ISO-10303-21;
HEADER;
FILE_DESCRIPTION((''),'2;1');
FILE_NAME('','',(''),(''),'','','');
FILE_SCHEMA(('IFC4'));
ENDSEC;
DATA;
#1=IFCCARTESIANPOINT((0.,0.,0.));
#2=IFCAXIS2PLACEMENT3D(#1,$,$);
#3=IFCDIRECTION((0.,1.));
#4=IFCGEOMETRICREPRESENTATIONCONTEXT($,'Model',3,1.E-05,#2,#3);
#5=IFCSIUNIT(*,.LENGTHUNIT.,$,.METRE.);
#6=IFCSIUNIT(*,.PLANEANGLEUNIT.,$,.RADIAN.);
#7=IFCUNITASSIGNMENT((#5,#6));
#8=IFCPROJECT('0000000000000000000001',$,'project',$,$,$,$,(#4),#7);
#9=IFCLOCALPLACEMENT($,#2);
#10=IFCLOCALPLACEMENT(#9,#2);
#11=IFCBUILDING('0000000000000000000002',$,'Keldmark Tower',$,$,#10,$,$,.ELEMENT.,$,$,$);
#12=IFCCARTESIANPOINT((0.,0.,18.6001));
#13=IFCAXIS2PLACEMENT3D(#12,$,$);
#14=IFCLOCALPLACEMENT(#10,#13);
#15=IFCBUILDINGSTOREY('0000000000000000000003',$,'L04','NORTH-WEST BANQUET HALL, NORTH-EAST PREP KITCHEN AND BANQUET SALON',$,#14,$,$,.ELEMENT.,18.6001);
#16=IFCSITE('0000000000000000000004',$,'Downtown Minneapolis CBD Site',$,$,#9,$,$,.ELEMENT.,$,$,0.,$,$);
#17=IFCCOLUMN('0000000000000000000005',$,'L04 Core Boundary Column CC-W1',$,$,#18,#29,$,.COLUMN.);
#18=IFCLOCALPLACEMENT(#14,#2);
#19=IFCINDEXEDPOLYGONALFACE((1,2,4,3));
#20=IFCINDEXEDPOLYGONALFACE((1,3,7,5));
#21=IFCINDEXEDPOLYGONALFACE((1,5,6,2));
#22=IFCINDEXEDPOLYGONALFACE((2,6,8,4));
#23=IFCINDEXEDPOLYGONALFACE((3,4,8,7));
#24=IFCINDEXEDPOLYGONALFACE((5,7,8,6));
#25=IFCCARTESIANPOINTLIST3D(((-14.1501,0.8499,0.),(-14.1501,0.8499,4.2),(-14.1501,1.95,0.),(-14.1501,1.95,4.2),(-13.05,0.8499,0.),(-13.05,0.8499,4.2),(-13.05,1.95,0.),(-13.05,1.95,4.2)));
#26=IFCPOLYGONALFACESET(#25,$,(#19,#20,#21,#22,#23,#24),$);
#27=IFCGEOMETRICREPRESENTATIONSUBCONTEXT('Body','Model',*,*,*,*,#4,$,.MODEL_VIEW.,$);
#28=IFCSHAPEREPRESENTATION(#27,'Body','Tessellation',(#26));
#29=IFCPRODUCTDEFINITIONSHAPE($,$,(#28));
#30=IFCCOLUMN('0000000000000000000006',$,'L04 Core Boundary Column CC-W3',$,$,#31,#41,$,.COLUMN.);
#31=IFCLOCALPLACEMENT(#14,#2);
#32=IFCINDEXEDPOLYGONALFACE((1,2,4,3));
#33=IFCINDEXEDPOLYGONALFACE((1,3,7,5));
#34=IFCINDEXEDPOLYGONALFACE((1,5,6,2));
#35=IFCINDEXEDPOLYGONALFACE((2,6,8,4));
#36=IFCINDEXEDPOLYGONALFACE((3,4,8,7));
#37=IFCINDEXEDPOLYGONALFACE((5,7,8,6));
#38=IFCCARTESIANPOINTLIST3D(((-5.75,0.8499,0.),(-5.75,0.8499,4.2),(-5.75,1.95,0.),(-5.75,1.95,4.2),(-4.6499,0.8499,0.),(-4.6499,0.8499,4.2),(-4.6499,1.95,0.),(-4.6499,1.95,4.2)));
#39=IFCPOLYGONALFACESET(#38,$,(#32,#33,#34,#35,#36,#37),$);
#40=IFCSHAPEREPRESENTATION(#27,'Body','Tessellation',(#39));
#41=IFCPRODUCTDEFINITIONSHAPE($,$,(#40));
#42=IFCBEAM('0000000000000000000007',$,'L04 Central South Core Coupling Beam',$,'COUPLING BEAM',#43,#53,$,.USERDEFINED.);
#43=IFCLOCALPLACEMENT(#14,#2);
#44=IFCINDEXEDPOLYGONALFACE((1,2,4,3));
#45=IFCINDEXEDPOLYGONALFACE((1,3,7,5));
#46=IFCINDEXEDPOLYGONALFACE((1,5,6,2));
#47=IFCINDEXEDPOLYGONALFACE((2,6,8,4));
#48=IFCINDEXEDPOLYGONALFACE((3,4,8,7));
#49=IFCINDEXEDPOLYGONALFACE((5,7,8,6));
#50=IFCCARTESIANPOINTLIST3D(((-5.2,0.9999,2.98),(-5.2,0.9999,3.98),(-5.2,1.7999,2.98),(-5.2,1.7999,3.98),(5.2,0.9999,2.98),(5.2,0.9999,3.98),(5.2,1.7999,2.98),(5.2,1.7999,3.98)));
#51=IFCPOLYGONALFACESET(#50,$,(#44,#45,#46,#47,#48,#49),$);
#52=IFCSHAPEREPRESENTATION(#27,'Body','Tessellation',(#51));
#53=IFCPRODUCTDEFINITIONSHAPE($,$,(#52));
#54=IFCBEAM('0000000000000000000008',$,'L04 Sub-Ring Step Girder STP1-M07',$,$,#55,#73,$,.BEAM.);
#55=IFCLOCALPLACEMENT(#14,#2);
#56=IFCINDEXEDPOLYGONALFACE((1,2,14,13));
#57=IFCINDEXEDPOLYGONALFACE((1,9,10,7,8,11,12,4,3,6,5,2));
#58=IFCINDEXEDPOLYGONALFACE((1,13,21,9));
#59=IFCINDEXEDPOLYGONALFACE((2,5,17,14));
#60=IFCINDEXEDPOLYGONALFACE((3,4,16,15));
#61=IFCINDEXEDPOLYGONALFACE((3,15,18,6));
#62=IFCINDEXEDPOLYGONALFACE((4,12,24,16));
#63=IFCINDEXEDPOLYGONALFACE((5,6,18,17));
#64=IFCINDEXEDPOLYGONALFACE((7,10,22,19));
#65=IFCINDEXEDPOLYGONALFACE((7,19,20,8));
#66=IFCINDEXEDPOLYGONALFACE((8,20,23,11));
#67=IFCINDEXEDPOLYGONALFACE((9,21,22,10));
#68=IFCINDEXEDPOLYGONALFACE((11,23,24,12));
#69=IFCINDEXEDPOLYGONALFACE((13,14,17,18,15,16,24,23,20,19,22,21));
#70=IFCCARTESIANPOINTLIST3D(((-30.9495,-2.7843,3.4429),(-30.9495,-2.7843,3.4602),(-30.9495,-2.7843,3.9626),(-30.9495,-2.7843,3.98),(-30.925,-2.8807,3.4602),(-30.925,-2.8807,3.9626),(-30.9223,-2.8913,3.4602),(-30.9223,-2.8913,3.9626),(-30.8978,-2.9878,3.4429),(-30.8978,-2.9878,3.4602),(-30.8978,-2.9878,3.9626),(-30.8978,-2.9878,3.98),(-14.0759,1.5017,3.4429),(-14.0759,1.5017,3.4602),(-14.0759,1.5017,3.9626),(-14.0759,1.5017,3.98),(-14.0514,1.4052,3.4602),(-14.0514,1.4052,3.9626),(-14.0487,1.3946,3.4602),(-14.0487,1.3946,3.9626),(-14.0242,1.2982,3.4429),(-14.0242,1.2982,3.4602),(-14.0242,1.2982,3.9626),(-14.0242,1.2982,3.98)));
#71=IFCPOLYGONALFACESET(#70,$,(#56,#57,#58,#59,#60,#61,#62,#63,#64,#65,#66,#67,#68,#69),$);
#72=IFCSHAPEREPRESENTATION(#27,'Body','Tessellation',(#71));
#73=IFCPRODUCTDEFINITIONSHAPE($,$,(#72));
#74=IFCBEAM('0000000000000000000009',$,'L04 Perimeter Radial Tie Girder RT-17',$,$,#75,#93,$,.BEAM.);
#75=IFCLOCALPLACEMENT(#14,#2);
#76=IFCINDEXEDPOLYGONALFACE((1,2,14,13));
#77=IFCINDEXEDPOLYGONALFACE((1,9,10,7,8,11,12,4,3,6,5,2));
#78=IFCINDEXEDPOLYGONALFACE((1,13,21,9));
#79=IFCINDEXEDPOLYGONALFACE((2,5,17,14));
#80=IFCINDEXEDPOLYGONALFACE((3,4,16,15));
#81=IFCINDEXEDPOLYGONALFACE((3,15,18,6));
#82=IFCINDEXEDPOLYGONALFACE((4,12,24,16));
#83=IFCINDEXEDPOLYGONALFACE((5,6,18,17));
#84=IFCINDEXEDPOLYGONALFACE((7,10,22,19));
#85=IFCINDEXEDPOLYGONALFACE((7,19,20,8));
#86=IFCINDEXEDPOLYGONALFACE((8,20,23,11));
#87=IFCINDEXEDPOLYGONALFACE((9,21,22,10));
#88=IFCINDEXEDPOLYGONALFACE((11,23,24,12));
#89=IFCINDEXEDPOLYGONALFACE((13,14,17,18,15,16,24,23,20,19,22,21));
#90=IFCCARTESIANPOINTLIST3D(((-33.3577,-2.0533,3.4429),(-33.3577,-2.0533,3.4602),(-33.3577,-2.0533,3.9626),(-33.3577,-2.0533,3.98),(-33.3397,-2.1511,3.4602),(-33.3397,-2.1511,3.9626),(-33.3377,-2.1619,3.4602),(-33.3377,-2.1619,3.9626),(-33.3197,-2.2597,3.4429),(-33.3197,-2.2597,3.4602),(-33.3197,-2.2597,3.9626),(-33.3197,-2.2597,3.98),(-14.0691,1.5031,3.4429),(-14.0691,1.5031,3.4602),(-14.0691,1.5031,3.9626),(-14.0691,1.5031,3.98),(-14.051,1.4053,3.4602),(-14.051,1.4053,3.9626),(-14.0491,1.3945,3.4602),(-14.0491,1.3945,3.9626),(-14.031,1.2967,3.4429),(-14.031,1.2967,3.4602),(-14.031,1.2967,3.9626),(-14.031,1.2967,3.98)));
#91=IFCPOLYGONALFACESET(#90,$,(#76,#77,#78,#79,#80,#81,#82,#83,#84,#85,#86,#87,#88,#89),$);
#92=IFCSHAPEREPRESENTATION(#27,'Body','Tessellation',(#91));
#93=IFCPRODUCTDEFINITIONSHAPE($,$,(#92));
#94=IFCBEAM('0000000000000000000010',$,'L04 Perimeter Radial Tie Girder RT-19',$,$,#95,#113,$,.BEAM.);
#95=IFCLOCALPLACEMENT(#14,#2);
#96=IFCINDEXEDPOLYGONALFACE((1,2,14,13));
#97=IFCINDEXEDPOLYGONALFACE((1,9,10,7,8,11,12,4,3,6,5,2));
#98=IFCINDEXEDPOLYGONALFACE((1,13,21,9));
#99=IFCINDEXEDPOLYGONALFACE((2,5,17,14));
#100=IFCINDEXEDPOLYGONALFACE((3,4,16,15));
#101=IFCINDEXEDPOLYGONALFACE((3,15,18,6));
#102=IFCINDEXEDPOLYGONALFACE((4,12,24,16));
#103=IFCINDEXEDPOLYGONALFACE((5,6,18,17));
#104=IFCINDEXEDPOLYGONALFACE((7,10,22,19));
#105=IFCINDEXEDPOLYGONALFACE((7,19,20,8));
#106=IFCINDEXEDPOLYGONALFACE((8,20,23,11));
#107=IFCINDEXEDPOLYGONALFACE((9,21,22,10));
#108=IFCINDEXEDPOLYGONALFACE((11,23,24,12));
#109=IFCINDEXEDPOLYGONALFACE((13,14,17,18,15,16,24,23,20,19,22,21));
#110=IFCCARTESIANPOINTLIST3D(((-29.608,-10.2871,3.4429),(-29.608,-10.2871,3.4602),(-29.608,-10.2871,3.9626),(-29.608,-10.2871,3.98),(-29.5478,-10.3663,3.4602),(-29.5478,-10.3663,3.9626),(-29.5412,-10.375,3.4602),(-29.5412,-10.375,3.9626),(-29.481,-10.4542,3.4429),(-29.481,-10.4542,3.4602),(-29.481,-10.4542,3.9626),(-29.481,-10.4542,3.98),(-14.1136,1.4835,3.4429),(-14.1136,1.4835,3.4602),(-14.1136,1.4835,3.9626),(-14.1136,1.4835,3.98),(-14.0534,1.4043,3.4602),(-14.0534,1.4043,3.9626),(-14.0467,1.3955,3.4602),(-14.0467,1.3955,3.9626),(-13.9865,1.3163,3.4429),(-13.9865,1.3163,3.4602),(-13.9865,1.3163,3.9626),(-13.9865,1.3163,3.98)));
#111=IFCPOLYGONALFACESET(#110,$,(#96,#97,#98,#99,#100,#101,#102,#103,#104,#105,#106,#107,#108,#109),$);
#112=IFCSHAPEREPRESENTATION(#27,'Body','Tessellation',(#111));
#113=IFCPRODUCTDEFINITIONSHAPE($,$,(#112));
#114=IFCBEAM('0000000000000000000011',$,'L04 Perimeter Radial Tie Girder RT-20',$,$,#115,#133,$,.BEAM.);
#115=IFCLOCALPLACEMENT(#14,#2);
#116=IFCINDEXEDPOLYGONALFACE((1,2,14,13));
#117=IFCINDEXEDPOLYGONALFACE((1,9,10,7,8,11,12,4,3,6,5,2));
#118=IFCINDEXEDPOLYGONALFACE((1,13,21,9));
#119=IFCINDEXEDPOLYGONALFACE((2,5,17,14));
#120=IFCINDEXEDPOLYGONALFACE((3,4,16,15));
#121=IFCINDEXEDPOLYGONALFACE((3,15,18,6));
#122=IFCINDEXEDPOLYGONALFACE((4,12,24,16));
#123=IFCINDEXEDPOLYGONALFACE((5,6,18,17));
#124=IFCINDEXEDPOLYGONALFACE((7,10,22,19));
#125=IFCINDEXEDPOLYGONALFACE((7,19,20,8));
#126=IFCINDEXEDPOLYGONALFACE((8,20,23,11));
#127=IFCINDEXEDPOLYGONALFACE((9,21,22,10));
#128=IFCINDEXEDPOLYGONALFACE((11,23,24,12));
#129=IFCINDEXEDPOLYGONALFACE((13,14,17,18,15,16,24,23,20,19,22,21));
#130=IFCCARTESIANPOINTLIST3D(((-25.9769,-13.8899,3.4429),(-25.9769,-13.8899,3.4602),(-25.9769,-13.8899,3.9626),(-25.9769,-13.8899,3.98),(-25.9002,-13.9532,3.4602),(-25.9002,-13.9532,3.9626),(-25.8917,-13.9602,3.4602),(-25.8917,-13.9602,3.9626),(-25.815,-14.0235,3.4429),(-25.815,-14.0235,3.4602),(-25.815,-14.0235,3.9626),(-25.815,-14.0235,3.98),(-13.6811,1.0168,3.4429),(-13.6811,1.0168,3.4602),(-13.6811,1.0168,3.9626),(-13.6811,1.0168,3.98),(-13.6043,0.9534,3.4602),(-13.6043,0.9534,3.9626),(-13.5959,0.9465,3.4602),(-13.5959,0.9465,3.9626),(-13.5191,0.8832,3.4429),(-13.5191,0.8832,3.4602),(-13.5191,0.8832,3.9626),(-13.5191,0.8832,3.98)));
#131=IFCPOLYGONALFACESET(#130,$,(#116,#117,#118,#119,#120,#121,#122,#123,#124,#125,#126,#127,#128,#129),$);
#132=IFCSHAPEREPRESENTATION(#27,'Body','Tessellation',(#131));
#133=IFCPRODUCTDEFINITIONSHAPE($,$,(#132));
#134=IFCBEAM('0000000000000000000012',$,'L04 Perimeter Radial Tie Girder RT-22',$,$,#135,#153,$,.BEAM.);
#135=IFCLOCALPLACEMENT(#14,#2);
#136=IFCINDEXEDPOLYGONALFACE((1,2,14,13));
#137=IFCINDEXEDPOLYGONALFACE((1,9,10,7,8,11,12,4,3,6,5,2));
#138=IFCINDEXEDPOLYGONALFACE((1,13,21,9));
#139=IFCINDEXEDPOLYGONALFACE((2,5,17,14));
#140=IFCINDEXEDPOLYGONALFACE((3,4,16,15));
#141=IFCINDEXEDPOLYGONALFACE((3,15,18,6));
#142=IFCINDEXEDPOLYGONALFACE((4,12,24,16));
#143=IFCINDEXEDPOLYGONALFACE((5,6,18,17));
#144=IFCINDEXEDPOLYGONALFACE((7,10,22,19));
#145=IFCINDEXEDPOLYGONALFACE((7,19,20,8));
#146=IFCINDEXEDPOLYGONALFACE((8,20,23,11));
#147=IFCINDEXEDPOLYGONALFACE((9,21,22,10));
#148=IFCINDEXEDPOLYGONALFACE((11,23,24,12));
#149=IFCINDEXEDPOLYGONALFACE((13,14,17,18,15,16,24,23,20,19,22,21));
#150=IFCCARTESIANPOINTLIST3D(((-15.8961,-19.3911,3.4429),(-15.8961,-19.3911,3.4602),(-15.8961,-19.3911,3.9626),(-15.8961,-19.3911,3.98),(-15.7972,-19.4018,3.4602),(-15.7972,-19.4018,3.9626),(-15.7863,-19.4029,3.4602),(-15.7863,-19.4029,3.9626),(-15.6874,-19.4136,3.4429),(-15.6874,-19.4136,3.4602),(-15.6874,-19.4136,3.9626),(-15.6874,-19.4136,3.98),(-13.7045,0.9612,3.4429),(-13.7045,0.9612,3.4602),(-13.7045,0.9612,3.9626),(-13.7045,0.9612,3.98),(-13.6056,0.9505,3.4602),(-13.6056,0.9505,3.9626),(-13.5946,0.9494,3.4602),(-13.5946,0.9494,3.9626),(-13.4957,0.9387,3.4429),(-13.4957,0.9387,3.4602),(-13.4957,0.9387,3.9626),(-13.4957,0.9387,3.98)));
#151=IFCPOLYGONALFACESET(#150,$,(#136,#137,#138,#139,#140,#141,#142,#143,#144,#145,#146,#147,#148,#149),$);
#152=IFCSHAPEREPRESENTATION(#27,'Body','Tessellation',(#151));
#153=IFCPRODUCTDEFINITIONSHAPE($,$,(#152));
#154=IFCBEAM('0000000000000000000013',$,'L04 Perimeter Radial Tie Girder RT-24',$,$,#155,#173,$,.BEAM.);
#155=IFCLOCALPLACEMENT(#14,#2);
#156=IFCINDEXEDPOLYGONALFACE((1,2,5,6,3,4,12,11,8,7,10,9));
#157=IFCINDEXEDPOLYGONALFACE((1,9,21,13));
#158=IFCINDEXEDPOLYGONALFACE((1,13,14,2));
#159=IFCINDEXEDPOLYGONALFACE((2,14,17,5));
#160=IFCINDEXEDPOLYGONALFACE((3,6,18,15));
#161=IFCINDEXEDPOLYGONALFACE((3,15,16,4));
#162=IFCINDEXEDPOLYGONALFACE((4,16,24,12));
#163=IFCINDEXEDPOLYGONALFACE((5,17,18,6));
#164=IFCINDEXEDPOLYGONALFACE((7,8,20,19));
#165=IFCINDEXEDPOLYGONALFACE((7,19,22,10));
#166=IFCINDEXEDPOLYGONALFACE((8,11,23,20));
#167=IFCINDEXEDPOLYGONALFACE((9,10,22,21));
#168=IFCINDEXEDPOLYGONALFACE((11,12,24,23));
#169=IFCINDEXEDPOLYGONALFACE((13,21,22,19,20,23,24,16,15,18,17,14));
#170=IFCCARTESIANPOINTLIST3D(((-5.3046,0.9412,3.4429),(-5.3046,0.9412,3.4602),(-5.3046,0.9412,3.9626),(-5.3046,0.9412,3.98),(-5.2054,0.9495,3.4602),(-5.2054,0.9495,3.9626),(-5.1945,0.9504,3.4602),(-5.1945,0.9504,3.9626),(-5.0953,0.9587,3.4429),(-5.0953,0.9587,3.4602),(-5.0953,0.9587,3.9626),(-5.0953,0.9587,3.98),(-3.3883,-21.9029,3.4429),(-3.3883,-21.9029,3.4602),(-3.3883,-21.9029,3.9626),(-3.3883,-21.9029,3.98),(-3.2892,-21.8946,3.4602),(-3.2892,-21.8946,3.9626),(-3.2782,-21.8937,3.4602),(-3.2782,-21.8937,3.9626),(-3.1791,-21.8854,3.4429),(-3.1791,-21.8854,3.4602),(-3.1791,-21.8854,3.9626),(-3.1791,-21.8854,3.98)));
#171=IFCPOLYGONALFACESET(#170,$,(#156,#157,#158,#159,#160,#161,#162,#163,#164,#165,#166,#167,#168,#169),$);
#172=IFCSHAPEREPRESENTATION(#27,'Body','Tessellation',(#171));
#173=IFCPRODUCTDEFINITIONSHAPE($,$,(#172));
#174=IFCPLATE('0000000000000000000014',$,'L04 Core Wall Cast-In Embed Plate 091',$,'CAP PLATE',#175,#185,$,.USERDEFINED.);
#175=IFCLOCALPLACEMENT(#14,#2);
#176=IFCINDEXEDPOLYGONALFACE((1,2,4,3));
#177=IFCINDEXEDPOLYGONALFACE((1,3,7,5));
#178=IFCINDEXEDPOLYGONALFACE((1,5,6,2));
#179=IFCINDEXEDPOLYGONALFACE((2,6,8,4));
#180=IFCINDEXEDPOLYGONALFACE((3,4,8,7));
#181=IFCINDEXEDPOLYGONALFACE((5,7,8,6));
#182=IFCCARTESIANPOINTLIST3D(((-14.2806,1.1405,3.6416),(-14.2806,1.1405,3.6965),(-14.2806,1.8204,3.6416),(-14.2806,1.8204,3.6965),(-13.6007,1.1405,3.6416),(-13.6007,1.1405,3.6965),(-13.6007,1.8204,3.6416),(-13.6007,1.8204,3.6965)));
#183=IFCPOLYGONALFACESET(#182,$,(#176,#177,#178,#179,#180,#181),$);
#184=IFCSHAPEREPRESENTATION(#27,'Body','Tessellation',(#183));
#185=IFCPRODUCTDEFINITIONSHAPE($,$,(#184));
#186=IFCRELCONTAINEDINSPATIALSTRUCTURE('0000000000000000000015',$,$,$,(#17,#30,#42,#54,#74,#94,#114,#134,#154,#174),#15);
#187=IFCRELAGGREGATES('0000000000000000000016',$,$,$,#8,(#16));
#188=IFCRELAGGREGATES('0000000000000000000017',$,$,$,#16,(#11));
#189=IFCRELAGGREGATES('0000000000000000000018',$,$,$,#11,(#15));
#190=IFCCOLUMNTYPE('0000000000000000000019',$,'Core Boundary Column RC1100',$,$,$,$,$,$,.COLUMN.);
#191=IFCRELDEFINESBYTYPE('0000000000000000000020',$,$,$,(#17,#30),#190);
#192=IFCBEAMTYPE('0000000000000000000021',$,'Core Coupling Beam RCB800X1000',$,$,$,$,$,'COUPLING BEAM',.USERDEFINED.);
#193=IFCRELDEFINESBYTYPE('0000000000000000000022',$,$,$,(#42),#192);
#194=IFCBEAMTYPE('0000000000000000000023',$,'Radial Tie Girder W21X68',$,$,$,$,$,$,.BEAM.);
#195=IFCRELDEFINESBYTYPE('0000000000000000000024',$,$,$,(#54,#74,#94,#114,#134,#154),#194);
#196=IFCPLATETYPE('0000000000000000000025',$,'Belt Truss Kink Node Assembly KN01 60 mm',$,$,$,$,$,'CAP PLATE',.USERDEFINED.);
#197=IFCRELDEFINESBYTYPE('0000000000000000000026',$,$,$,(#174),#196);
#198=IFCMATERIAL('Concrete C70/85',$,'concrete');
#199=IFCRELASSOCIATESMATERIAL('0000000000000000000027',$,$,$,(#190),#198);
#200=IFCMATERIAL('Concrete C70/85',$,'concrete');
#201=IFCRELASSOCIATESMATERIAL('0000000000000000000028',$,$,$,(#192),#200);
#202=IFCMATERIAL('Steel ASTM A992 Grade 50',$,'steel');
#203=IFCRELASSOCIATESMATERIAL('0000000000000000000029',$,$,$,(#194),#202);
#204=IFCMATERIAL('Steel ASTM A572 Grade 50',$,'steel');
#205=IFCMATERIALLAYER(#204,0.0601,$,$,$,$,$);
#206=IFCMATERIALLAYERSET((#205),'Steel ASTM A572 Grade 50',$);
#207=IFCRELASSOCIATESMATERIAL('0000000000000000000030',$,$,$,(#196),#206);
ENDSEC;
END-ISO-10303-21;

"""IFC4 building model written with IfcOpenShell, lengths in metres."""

from ifc_helpers import new_model, si_unit, direction, frame, origin, origin_2d, place, context, subcontext, project, spatial, rectangle, i_section, extrude, material, layer, layer_set, material_profile, profile_set, type_object, element, save


model = new_model("IFC4")

# Units and contexts
model_context = context("Model", 3, precision=1e-05, world=origin(), true_north=direction((0.0, 1.0)))
body_context = subcontext(model_context, "Body", "Model", "MODEL_VIEW")
ifc_project = project(units=[si_unit("LENGTHUNIT", "METRE"), si_unit("PLANEANGLEUNIT", "RADIAN")], contexts=[model_context])

# Site, building, storey
site_placement = place(None, origin())
site = spatial("IfcSite", under=ifc_project, at=site_placement, Name="Downtown Minneapolis CBD Site", CompositionType="ELEMENT", RefElevation=0.0)
building_placement = place(site_placement, origin())
building = spatial("IfcBuilding", under=site, at=building_placement, Name="Keldmark Tower", CompositionType="ELEMENT")
storey_placement = place(building_placement, frame((0.0, 0.0, 18.6001)))
storey = spatial("IfcBuildingStorey", under=building, at=storey_placement, Name="L04", Description="NORTH-WEST BANQUET HALL, NORTH-EAST PREP KITCHEN AND BANQUET SALON", CompositionType="ELEMENT", Elevation=18.6001)

# Columns
ifc_material_1 = material(Name="Concrete C70/85", Category="concrete")
ifc_material_profile_1 = material_profile(ifc_material_1, rectangle(XDim=1.1001, YDim=1.1001, at=origin_2d()), Name="RC1100X1100")
ifc_profile_set_1 = profile_set([ifc_material_profile_1], Name="Concrete C70/85")
column_type = type_object("IfcColumnType", Name="Core Boundary Column RC1100", PredefinedType="COLUMN", material=ifc_profile_set_1)
for number, where, z_axis, x_axis, name in (
    (1, (-13.6001, 1.3999, 0.0), (0.0, 0.0, 1.0), (1.0, 0.0, 0.0), "L04 Core Boundary Column CC-W1"),
    (2, (-5.2, 1.3999, 0.0), (0.0, 0.0, 1.0), (1.0, 0.0, 0.0), "L04 Core Boundary Column CC-W3"),
):
    element("IfcColumn", number, at=place(storey_placement, frame(where, z_axis=z_axis, x_axis=x_axis)), inside=storey, type_object=column_type, Name=name, PredefinedType="COLUMN", context=body_context, shape_type="SweptSolid", body=[
        extrude(rectangle(XDim=1.1001, YDim=1.1001, at=origin_2d()), origin(), (0.0, 0.0, 1.0), 4.2),
    ])

# Beams
ifc_material_2 = material(Name="Concrete C70/85", Category="concrete")
ifc_material_profile_2 = material_profile(ifc_material_2, rectangle(XDim=0.8, YDim=1.0, at=origin_2d()), Name="RCB800X1000")
ifc_profile_set_2 = profile_set([ifc_material_profile_2], Name="Concrete C70/85")
beam_type_1 = type_object("IfcBeamType", Name="Core Coupling Beam RCB800X1000", ElementType="COUPLING BEAM", PredefinedType="USERDEFINED", material=ifc_profile_set_2)
beam_1_placement = place(storey_placement, frame((-5.2, 1.3999, 3.48), z_axis=(1.0, 0.0, 0.0), x_axis=(0.0, 1.0, 0.0)))
element("IfcBeam", 3, at=beam_1_placement, inside=storey, type_object=beam_type_1, Name="L04 Central South Core Coupling Beam", ObjectType="COUPLING BEAM", PredefinedType="USERDEFINED", context=body_context, shape_type="SweptSolid", body=[
    extrude(rectangle(XDim=0.8, YDim=1.0, at=origin_2d()), origin(), (0.0, 0.0, 1.0), 10.3999),
])
ifc_material_3 = material(Name="Steel ASTM A992 Grade 50", Category="steel")
ifc_material_profile_3 = material_profile(ifc_material_3, i_section(OverallWidth=0.21, OverallDepth=0.5371, WebThickness=0.011, FlangeThickness=0.0173, at=origin_2d()), Name="W21X68")
ifc_profile_set_3 = profile_set([ifc_material_profile_3], Name="Steel ASTM A992 Grade 50")
beam_type_2 = type_object("IfcBeamType", Name="Radial Tie Girder W21X68", PredefinedType="BEAM", material=ifc_profile_set_3)
beam_2_placement = place(storey_placement, frame((-14.05, 1.3999, 3.7114), z_axis=(-0.969223, -0.246183, 0.0), x_axis=(0.246183, -0.969223, 0.0)))
element("IfcBeam", 4, at=beam_2_placement, inside=storey, type_object=beam_type_2, Name="L04 Sub-Ring Step Girder STP1-M07", PredefinedType="BEAM", context=body_context, shape_type="SweptSolid", body=[
    extrude(i_section(OverallWidth=0.21, OverallDepth=0.5371, WebThickness=0.011, FlangeThickness=0.0173, at=origin_2d()), origin(), (0.0, 0.0, 1.0), 17.4094),
])
beam_3_placement = place(storey_placement, frame((-14.05, 1.3999, 3.7114), z_axis=(-0.983424, -0.181322, 0.0), x_axis=(0.181322, -0.983424, 0.0)))
element("IfcBeam", 5, at=beam_3_placement, inside=storey, type_object=beam_type_2, Name="L04 Perimeter Radial Tie Girder RT-17", PredefinedType="BEAM", context=body_context, shape_type="SweptSolid", body=[
    extrude(i_section(OverallWidth=0.21, OverallDepth=0.5371, WebThickness=0.011, FlangeThickness=0.0173, at=origin_2d()), origin(), (0.0, 0.0, 1.0), 19.6138),
])
beam_4_placement = place(storey_placement, frame((-14.05, 1.3999, 3.7114), z_axis=(-0.796292, -0.604913, 0.0), x_axis=(0.604913, -0.796292, 0.0)))
element("IfcBeam", 6, at=beam_4_placement, inside=storey, type_object=beam_type_2, Name="L04 Perimeter Radial Tie Girder RT-19", PredefinedType="BEAM", context=body_context, shape_type="SweptSolid", body=[
    extrude(i_section(OverallWidth=0.21, OverallDepth=0.5371, WebThickness=0.011, FlangeThickness=0.0173, at=origin_2d()), origin(), (0.0, 0.0, 1.0), 19.4583),
])
beam_5_placement = place(storey_placement, frame((-13.6001, 0.95, 3.7114), z_axis=(-0.636316, -0.771428, 0.0), x_axis=(0.771428, -0.636316, 0.0)))
element("IfcBeam", 7, at=beam_5_placement, inside=storey, type_object=beam_type_2, Name="L04 Perimeter Radial Tie Girder RT-20", PredefinedType="BEAM", context=body_context, shape_type="SweptSolid", body=[
    extrude(i_section(OverallWidth=0.21, OverallDepth=0.5371, WebThickness=0.011, FlangeThickness=0.0173, at=origin_2d()), origin(), (0.0, 0.0, 1.0), 19.3235),
])
beam_6_placement = place(storey_placement, frame((-13.6001, 0.95, 3.7114), z_axis=(-0.107067, -0.994252, 0.0), x_axis=(0.994252, -0.107067, 0.0)))
element("IfcBeam", 8, at=beam_6_placement, inside=storey, type_object=beam_type_2, Name="L04 Perimeter Radial Tie Girder RT-22", PredefinedType="BEAM", context=body_context, shape_type="SweptSolid", body=[
    extrude(i_section(OverallWidth=0.21, OverallDepth=0.5371, WebThickness=0.011, FlangeThickness=0.0173, at=origin_2d()), origin(), (0.0, 0.0, 1.0), 20.47),
])
beam_7_placement = place(storey_placement, frame((-5.2, 0.95, 3.7114), z_axis=(0.083591, -0.9965, 0.0), x_axis=(0.9965, 0.083591, 0.0)))
element("IfcBeam", 9, at=beam_7_placement, inside=storey, type_object=beam_type_2, Name="L04 Perimeter Radial Tie Girder RT-24", PredefinedType="BEAM", context=body_context, shape_type="SweptSolid", body=[
    extrude(i_section(OverallWidth=0.21, OverallDepth=0.5371, WebThickness=0.011, FlangeThickness=0.0173, at=origin_2d()), origin(), (0.0, 0.0, 1.0), 22.9243),
])

# Plate
ifc_material_4 = material(Name="Steel ASTM A572 Grade 50", Category="steel")
ifc_layer_1 = layer(ifc_material_4, 0.0601)
ifc_layer_set_1 = layer_set([ifc_layer_1], Name="Steel ASTM A572 Grade 50")
plate_type = type_object("IfcPlateType", Name="Belt Truss Kink Node Assembly KN01 60 mm", ElementType="CAP PLATE", PredefinedType="USERDEFINED", material=ifc_layer_set_1)
for number, where, z_axis, x_axis, name in (
    (10, (-13.9407, 1.4805, 3.6416), (0.0, 0.0, 1.0), (1.0, 0.0, 0.0), "L04 Core Wall Cast-In Embed Plate 091"),
):
    element("IfcPlate", number, at=place(storey_placement, frame(where, z_axis=z_axis, x_axis=x_axis)), inside=storey, type_object=plate_type, Name=name, ObjectType="CAP PLATE", PredefinedType="USERDEFINED", context=body_context, shape_type="SweptSolid", body=[
        extrude(rectangle(XDim=0.6799, YDim=0.6799, at=origin_2d()), origin(), (0.0, 0.0, 1.0), 0.0549),
    ])

save(model, "model.ifc")
